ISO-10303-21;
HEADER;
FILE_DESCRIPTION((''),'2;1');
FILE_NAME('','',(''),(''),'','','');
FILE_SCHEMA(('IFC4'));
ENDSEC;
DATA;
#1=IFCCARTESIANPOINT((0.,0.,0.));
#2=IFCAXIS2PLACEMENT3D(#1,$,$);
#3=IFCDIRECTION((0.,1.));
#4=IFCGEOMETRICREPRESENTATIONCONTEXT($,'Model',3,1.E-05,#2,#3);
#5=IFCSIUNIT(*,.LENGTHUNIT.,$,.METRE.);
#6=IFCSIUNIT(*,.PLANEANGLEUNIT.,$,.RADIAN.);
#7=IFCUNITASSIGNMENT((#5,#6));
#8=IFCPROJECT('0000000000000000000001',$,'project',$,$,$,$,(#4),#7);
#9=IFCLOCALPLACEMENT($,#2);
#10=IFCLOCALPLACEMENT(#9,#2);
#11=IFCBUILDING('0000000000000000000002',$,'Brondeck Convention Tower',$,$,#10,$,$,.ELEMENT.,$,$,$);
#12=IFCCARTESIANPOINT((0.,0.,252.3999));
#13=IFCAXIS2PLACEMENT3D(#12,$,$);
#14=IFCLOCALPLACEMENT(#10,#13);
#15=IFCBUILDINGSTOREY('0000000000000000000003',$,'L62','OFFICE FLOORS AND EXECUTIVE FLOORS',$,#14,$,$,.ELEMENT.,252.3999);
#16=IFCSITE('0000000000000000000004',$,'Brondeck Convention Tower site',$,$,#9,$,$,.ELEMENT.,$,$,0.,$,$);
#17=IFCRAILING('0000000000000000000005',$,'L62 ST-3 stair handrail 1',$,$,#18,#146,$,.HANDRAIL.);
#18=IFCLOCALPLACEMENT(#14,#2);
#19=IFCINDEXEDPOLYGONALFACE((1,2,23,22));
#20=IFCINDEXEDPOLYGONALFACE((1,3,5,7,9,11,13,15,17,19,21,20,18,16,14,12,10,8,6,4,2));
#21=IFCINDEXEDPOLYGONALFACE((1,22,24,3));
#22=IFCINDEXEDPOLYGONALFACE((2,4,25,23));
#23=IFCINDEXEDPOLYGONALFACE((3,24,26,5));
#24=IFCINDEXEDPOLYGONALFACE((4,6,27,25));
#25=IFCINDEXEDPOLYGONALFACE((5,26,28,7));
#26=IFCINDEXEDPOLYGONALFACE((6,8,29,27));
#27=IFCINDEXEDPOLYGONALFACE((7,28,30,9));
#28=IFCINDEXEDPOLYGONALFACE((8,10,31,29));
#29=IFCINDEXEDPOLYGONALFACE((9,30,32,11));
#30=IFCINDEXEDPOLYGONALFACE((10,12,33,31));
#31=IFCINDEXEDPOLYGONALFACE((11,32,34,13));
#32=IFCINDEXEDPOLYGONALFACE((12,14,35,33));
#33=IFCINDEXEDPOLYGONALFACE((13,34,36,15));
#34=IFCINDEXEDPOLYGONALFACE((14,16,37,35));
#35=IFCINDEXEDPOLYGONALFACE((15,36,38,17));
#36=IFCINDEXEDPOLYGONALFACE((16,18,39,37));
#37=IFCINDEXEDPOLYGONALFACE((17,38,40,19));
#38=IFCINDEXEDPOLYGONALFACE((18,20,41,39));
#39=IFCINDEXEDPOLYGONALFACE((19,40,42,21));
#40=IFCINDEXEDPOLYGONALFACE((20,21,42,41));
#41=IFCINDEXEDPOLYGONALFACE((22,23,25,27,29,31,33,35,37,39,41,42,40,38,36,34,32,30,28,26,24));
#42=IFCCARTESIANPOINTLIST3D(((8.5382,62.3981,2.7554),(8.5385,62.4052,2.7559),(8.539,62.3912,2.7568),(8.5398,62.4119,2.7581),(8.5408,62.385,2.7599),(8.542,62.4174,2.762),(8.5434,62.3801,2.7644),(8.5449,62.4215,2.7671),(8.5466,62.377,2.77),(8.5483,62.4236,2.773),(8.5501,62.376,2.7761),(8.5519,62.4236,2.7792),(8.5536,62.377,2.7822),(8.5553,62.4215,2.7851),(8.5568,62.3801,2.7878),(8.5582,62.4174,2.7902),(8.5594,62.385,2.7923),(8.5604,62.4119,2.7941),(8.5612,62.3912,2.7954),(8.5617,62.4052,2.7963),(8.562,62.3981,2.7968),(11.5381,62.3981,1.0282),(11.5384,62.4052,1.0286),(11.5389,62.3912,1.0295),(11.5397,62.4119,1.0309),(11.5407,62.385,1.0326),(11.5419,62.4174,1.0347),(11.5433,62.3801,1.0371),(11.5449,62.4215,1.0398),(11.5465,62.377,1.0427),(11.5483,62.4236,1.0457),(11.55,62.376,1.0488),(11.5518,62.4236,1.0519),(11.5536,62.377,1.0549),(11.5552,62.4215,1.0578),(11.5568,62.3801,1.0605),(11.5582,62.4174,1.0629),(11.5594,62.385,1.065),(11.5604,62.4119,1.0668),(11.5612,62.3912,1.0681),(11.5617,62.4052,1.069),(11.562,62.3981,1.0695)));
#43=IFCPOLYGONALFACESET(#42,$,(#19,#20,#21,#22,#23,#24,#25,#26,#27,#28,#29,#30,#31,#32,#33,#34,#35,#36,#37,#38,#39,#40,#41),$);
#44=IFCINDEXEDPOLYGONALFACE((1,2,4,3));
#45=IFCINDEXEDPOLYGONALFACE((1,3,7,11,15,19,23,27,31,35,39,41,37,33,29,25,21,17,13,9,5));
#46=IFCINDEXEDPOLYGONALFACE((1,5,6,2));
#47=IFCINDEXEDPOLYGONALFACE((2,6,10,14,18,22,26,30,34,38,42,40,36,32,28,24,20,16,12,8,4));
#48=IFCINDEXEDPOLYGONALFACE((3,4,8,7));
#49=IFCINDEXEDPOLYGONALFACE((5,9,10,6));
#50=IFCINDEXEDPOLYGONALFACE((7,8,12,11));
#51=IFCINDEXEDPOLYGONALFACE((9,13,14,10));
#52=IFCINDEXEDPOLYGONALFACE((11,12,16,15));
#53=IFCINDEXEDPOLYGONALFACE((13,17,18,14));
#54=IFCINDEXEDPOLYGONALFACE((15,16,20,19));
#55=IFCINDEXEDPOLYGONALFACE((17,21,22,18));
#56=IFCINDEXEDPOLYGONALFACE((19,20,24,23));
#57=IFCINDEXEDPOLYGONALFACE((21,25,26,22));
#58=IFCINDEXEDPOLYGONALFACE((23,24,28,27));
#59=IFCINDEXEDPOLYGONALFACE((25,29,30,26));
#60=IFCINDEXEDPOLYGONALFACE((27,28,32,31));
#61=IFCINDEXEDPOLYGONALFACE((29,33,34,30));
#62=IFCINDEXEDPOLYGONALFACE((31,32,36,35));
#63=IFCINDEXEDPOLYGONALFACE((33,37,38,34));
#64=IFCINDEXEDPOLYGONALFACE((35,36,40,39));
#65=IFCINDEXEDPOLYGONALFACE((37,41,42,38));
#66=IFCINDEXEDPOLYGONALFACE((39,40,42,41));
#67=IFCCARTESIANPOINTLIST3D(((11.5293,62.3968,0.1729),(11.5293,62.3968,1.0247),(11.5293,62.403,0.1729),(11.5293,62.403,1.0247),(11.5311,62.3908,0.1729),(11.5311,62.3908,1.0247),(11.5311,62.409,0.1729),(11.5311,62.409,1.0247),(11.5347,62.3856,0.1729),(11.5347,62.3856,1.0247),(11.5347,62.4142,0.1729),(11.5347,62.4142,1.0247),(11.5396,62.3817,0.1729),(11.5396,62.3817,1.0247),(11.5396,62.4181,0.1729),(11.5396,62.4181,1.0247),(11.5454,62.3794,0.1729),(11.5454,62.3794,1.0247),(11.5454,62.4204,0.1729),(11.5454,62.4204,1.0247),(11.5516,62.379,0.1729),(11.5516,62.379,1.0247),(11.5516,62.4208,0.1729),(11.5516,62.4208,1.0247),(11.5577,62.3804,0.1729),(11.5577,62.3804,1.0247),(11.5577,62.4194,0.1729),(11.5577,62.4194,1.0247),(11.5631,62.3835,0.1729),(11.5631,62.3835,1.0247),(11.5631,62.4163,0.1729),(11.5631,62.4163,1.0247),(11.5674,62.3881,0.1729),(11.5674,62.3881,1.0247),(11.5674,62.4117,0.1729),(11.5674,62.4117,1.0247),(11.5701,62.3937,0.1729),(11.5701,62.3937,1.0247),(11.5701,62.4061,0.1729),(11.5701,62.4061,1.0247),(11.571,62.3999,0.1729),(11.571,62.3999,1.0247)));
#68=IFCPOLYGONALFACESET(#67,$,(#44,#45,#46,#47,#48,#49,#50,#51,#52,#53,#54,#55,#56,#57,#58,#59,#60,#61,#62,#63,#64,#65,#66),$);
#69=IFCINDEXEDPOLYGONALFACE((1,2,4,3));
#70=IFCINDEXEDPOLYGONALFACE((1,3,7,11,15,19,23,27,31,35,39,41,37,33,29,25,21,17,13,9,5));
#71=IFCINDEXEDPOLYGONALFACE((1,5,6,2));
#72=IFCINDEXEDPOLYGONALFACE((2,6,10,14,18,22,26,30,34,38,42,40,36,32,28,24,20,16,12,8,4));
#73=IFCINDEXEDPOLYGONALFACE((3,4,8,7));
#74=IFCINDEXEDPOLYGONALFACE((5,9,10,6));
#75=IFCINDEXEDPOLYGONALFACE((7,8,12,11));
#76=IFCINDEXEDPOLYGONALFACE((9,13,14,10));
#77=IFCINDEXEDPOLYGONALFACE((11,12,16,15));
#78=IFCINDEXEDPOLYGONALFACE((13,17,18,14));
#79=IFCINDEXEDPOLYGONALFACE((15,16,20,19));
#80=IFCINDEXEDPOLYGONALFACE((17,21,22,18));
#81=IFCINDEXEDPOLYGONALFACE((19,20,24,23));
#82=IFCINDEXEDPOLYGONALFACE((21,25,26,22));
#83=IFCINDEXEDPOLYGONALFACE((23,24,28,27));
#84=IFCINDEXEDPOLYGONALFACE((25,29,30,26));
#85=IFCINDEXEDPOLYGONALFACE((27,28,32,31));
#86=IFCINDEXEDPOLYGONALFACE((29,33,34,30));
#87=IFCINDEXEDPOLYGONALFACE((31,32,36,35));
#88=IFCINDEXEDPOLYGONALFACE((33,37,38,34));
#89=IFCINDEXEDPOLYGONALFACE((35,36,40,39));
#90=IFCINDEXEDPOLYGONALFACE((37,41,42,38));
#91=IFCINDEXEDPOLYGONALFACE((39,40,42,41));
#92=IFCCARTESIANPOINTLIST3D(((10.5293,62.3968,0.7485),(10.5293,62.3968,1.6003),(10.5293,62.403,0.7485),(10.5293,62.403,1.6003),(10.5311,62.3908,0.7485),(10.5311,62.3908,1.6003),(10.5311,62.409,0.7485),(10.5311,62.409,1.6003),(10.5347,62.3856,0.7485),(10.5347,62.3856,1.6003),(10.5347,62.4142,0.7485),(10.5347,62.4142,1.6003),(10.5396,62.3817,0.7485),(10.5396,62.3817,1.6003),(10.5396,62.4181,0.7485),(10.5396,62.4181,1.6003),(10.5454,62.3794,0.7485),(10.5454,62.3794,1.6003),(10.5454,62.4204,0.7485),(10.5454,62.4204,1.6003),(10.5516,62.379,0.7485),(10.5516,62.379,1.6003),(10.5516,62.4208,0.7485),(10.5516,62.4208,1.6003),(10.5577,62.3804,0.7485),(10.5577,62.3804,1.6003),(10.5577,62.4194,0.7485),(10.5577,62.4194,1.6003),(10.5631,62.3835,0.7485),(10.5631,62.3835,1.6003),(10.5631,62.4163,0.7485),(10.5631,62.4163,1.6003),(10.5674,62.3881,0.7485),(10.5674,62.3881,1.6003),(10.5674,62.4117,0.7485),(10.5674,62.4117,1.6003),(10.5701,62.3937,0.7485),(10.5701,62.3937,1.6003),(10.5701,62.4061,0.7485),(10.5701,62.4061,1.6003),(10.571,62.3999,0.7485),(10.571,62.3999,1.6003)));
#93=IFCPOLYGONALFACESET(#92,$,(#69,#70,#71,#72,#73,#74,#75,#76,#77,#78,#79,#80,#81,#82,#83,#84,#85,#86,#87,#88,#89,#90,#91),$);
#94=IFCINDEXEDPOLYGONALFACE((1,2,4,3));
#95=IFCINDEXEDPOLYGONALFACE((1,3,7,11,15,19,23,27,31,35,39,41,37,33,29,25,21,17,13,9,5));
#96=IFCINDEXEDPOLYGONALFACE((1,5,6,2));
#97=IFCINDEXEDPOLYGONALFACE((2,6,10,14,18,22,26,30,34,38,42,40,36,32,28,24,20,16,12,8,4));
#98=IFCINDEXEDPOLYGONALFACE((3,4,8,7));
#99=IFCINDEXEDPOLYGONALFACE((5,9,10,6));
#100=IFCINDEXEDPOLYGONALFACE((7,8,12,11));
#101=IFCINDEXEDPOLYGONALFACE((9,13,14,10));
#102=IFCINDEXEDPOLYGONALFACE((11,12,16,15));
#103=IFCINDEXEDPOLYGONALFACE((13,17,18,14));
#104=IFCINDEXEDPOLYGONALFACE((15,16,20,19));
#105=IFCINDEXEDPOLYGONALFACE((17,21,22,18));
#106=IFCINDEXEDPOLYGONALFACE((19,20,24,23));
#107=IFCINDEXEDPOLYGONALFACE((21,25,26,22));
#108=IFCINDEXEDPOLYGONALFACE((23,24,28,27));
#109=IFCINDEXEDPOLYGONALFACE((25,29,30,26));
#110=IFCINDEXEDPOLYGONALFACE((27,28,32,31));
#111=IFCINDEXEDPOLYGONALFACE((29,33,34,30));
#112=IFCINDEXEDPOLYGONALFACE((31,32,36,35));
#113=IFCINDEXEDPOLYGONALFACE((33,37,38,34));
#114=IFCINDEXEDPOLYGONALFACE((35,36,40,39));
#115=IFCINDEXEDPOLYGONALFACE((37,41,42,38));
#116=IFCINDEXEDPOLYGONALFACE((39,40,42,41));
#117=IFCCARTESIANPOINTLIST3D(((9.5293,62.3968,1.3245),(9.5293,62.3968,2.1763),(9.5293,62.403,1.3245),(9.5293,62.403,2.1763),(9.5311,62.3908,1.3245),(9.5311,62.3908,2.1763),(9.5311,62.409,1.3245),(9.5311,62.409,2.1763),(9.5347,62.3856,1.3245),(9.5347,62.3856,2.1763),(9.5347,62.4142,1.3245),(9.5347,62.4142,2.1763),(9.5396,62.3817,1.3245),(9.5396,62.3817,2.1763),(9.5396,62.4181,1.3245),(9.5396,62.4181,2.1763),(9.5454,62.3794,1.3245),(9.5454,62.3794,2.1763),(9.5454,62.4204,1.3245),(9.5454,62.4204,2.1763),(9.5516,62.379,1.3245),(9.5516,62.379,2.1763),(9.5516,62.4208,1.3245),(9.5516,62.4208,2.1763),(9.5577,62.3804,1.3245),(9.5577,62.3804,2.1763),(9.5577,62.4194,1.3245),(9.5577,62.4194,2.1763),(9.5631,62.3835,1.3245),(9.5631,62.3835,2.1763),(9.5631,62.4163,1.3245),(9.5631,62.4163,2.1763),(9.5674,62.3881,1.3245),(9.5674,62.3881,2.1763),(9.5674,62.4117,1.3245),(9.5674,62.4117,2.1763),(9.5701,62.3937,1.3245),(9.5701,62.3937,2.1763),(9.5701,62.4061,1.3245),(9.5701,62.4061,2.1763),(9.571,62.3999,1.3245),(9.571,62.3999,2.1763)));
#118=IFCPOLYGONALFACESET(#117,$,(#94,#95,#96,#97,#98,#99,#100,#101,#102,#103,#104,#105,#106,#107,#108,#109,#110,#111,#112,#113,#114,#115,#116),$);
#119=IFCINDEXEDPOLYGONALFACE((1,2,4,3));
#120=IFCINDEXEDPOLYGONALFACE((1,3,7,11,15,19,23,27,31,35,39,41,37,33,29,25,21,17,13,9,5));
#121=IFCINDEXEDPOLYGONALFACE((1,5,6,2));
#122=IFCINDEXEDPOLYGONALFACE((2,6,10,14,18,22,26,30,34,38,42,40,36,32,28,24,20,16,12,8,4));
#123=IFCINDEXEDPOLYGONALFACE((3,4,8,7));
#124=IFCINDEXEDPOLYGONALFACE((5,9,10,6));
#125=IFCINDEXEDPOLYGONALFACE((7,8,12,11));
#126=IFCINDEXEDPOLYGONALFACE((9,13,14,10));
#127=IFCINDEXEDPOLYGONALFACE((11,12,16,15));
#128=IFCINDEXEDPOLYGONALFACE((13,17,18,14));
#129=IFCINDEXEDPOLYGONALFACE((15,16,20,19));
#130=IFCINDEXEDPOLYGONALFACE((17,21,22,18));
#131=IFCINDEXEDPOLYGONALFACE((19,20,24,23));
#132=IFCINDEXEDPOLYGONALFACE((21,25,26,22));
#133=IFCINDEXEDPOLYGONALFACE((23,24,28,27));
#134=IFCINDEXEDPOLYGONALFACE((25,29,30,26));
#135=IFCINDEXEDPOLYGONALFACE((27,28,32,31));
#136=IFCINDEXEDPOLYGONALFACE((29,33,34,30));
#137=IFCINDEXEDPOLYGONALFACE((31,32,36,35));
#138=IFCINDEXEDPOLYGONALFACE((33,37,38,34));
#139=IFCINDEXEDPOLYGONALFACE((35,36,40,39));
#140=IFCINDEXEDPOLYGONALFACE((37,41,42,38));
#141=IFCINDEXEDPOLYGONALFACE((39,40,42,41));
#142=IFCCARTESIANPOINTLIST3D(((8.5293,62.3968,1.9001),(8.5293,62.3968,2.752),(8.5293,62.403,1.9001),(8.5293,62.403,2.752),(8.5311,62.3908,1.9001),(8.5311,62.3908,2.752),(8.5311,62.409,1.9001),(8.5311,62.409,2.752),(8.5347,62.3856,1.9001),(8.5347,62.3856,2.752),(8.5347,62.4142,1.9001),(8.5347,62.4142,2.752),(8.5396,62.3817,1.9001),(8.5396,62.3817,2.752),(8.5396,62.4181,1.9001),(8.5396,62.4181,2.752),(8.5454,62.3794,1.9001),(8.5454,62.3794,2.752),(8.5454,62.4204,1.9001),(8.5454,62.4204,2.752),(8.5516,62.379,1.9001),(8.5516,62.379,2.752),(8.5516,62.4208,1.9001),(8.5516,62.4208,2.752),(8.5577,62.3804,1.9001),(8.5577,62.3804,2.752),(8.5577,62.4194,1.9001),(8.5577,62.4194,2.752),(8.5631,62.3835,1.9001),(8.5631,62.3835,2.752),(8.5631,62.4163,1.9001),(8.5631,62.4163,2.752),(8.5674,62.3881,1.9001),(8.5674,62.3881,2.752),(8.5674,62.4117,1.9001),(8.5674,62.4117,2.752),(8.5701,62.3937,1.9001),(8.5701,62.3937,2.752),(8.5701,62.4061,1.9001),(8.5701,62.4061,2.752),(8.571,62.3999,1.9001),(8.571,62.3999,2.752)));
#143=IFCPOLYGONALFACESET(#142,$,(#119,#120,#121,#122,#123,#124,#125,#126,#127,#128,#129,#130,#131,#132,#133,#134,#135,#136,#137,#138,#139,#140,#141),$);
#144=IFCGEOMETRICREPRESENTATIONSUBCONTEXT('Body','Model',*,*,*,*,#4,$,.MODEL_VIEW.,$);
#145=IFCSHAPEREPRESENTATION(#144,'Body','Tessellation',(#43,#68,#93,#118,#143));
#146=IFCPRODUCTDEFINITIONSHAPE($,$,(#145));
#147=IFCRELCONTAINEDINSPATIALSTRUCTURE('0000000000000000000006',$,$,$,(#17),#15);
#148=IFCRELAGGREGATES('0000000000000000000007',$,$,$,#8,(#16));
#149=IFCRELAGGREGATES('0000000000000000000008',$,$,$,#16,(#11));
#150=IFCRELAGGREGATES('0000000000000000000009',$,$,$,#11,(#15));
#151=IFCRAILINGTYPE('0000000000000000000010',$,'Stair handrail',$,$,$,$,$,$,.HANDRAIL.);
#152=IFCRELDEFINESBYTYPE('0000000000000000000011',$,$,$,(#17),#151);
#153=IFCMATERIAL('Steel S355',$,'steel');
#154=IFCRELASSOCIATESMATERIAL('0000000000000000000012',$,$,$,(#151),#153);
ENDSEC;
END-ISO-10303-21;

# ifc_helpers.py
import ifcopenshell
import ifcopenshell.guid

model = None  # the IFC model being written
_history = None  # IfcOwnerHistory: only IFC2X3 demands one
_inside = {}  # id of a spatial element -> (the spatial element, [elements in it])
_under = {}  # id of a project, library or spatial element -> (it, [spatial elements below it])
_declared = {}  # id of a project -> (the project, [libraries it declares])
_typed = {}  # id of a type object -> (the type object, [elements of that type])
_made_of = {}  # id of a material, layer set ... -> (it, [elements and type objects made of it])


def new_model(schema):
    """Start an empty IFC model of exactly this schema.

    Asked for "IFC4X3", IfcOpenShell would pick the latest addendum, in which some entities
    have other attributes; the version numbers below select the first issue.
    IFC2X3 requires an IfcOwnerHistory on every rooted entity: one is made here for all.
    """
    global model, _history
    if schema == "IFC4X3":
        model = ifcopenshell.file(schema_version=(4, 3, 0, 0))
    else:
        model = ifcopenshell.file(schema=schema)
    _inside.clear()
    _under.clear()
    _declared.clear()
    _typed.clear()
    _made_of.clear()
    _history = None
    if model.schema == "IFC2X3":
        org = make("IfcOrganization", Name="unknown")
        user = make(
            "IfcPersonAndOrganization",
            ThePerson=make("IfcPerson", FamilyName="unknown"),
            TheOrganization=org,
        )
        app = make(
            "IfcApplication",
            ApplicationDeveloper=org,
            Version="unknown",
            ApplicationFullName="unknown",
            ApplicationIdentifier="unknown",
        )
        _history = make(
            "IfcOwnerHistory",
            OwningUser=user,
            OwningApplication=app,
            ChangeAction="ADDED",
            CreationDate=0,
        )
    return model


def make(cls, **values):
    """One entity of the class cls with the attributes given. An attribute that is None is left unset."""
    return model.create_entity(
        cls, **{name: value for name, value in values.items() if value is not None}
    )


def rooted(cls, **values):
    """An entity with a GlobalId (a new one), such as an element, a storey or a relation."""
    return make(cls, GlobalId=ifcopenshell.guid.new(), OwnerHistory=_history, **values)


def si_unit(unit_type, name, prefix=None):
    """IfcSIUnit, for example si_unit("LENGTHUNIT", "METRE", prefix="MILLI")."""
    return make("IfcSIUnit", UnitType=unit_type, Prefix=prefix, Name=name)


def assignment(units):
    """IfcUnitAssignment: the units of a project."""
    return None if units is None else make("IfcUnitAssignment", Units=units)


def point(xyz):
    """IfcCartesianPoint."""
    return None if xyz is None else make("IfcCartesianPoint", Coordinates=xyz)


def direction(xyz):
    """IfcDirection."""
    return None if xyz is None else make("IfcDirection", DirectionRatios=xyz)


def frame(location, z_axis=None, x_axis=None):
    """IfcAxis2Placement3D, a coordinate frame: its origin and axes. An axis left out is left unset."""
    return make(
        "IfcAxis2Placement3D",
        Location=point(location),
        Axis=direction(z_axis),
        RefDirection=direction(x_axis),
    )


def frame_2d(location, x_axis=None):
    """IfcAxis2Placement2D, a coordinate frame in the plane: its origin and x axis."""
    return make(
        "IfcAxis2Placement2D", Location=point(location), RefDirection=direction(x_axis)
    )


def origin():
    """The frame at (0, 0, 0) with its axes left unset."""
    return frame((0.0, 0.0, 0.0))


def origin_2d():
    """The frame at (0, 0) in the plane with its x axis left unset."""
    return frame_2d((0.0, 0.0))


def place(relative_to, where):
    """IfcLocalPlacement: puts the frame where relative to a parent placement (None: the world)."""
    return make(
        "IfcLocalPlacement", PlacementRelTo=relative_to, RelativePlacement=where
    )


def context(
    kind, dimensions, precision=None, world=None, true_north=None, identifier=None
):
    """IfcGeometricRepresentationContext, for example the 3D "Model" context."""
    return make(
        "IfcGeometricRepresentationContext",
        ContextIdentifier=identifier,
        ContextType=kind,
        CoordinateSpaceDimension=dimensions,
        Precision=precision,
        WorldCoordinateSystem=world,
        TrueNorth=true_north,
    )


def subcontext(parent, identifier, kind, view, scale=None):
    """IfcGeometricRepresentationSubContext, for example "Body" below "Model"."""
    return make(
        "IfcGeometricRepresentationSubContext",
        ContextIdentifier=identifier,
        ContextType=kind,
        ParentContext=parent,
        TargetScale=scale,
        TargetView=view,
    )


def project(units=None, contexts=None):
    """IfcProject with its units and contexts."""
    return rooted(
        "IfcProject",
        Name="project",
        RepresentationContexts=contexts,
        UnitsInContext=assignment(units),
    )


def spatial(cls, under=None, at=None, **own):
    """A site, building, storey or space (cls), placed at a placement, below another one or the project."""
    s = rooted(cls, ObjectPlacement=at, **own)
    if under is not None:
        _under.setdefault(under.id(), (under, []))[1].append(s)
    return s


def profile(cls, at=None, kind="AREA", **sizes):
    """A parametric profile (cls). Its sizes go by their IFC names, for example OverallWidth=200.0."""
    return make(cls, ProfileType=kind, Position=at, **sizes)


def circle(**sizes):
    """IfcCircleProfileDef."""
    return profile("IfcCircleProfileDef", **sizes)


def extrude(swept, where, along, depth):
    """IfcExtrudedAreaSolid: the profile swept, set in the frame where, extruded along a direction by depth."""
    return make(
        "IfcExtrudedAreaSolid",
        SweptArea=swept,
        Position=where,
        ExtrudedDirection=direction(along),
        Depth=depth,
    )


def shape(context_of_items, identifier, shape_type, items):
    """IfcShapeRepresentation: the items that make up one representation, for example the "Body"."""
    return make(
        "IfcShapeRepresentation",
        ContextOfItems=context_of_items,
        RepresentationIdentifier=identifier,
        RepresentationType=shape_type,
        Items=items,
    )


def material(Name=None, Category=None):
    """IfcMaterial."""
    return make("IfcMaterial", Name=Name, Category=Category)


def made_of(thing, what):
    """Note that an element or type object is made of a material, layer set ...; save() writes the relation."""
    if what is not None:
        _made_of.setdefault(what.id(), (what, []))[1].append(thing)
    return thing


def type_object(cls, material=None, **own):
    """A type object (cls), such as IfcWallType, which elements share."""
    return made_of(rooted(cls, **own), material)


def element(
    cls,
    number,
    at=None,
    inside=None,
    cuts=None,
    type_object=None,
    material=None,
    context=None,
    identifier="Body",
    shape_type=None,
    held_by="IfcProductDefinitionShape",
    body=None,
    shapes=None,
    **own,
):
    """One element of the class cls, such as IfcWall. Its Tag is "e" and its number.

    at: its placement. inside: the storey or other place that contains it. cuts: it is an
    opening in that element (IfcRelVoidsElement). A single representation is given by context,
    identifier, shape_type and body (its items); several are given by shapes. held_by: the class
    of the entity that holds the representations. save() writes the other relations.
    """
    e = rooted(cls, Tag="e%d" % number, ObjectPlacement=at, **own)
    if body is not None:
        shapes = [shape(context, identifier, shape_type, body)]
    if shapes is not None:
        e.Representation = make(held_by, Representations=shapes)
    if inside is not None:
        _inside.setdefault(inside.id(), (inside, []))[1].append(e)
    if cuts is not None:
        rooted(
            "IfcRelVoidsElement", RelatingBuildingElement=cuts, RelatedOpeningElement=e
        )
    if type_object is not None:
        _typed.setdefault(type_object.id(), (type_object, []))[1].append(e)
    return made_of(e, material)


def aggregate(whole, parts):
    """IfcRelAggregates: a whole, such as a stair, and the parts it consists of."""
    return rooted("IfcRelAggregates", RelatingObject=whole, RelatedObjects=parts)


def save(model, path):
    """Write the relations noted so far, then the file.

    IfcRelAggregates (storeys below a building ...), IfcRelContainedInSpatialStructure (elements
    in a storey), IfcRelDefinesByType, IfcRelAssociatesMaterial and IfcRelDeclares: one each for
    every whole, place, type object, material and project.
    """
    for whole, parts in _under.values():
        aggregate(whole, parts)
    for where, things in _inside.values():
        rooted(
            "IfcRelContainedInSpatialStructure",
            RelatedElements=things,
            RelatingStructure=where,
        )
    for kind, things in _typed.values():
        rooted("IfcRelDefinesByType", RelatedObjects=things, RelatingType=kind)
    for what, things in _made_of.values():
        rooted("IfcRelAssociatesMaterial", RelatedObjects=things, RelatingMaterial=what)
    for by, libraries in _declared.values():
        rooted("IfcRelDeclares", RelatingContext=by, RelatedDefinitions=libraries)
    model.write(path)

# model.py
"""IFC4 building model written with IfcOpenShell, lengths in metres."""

from ifc_helpers import new_model, si_unit, direction, frame, origin, origin_2d, place, context, subcontext, project, spatial, circle, extrude, material, type_object, element, save


model = new_model("IFC4")

# Units and contexts
model_context = context("Model", 3, precision=1e-05, world=origin(), true_north=direction((0.0, 1.0)))
body_context = subcontext(model_context, "Body", "Model", "MODEL_VIEW")
ifc_project = project(units=[si_unit("LENGTHUNIT", "METRE"), si_unit("PLANEANGLEUNIT", "RADIAN")], contexts=[model_context])

# Site, building, storey
site_placement = place(None, origin())
site = spatial("IfcSite", under=ifc_project, at=site_placement, Name="Brondeck Convention Tower site", CompositionType="ELEMENT", RefElevation=0.0)
building_placement = place(site_placement, origin())
building = spatial("IfcBuilding", under=site, at=building_placement, Name="Brondeck Convention Tower", CompositionType="ELEMENT")
storey_placement = place(building_placement, frame((0.0, 0.0, 252.3999)))
storey = spatial("IfcBuildingStorey", under=building, at=storey_placement, Name="L62", Description="OFFICE FLOORS AND EXECUTIVE FLOORS", CompositionType="ELEMENT", Elevation=252.3999)

# Railing
ifc_material_1 = material(Name="Steel S355", Category="steel")
railing_type_1 = type_object("IfcRailingType", Name="Stair handrail", PredefinedType="HANDRAIL", material=ifc_material_1)
railing_1_placement = place(storey_placement, frame((11.55, 62.3999, 0.1729)))
element("IfcRailing", 1, at=railing_1_placement, inside=storey, type_object=railing_type_1, Name="L62 ST-3 stair handrail 1", PredefinedType="HANDRAIL", context=body_context, shape_type="SweptSolid", body=[
    extrude(circle(Radius=0.0239, at=origin_2d()), frame((0.0, 0.0, 0.876), z_axis=(-0.86662, 0.0, 0.498969), x_axis=(0.0, -1.0, 0.0)), (0.0, 0.0, 1.0), 3.4617),
    extrude(circle(Radius=0.021, at=origin_2d()), origin(), (0.0, 0.0, 1.0), 0.8518),
    extrude(circle(Radius=0.021, at=origin_2d()), frame((-1.0, 0.0, 0.5757)), (0.0, 0.0, 1.0), 0.8518),
    extrude(circle(Radius=0.021, at=origin_2d()), frame((-2.0, 0.0, 1.1516)), (0.0, 0.0, 1.0), 0.8518),
    extrude(circle(Radius=0.021, at=origin_2d()), frame((-3.0, 0.0, 1.7273)), (0.0, 0.0, 1.0), 0.8518),
])

save(model, "model.ifc")
